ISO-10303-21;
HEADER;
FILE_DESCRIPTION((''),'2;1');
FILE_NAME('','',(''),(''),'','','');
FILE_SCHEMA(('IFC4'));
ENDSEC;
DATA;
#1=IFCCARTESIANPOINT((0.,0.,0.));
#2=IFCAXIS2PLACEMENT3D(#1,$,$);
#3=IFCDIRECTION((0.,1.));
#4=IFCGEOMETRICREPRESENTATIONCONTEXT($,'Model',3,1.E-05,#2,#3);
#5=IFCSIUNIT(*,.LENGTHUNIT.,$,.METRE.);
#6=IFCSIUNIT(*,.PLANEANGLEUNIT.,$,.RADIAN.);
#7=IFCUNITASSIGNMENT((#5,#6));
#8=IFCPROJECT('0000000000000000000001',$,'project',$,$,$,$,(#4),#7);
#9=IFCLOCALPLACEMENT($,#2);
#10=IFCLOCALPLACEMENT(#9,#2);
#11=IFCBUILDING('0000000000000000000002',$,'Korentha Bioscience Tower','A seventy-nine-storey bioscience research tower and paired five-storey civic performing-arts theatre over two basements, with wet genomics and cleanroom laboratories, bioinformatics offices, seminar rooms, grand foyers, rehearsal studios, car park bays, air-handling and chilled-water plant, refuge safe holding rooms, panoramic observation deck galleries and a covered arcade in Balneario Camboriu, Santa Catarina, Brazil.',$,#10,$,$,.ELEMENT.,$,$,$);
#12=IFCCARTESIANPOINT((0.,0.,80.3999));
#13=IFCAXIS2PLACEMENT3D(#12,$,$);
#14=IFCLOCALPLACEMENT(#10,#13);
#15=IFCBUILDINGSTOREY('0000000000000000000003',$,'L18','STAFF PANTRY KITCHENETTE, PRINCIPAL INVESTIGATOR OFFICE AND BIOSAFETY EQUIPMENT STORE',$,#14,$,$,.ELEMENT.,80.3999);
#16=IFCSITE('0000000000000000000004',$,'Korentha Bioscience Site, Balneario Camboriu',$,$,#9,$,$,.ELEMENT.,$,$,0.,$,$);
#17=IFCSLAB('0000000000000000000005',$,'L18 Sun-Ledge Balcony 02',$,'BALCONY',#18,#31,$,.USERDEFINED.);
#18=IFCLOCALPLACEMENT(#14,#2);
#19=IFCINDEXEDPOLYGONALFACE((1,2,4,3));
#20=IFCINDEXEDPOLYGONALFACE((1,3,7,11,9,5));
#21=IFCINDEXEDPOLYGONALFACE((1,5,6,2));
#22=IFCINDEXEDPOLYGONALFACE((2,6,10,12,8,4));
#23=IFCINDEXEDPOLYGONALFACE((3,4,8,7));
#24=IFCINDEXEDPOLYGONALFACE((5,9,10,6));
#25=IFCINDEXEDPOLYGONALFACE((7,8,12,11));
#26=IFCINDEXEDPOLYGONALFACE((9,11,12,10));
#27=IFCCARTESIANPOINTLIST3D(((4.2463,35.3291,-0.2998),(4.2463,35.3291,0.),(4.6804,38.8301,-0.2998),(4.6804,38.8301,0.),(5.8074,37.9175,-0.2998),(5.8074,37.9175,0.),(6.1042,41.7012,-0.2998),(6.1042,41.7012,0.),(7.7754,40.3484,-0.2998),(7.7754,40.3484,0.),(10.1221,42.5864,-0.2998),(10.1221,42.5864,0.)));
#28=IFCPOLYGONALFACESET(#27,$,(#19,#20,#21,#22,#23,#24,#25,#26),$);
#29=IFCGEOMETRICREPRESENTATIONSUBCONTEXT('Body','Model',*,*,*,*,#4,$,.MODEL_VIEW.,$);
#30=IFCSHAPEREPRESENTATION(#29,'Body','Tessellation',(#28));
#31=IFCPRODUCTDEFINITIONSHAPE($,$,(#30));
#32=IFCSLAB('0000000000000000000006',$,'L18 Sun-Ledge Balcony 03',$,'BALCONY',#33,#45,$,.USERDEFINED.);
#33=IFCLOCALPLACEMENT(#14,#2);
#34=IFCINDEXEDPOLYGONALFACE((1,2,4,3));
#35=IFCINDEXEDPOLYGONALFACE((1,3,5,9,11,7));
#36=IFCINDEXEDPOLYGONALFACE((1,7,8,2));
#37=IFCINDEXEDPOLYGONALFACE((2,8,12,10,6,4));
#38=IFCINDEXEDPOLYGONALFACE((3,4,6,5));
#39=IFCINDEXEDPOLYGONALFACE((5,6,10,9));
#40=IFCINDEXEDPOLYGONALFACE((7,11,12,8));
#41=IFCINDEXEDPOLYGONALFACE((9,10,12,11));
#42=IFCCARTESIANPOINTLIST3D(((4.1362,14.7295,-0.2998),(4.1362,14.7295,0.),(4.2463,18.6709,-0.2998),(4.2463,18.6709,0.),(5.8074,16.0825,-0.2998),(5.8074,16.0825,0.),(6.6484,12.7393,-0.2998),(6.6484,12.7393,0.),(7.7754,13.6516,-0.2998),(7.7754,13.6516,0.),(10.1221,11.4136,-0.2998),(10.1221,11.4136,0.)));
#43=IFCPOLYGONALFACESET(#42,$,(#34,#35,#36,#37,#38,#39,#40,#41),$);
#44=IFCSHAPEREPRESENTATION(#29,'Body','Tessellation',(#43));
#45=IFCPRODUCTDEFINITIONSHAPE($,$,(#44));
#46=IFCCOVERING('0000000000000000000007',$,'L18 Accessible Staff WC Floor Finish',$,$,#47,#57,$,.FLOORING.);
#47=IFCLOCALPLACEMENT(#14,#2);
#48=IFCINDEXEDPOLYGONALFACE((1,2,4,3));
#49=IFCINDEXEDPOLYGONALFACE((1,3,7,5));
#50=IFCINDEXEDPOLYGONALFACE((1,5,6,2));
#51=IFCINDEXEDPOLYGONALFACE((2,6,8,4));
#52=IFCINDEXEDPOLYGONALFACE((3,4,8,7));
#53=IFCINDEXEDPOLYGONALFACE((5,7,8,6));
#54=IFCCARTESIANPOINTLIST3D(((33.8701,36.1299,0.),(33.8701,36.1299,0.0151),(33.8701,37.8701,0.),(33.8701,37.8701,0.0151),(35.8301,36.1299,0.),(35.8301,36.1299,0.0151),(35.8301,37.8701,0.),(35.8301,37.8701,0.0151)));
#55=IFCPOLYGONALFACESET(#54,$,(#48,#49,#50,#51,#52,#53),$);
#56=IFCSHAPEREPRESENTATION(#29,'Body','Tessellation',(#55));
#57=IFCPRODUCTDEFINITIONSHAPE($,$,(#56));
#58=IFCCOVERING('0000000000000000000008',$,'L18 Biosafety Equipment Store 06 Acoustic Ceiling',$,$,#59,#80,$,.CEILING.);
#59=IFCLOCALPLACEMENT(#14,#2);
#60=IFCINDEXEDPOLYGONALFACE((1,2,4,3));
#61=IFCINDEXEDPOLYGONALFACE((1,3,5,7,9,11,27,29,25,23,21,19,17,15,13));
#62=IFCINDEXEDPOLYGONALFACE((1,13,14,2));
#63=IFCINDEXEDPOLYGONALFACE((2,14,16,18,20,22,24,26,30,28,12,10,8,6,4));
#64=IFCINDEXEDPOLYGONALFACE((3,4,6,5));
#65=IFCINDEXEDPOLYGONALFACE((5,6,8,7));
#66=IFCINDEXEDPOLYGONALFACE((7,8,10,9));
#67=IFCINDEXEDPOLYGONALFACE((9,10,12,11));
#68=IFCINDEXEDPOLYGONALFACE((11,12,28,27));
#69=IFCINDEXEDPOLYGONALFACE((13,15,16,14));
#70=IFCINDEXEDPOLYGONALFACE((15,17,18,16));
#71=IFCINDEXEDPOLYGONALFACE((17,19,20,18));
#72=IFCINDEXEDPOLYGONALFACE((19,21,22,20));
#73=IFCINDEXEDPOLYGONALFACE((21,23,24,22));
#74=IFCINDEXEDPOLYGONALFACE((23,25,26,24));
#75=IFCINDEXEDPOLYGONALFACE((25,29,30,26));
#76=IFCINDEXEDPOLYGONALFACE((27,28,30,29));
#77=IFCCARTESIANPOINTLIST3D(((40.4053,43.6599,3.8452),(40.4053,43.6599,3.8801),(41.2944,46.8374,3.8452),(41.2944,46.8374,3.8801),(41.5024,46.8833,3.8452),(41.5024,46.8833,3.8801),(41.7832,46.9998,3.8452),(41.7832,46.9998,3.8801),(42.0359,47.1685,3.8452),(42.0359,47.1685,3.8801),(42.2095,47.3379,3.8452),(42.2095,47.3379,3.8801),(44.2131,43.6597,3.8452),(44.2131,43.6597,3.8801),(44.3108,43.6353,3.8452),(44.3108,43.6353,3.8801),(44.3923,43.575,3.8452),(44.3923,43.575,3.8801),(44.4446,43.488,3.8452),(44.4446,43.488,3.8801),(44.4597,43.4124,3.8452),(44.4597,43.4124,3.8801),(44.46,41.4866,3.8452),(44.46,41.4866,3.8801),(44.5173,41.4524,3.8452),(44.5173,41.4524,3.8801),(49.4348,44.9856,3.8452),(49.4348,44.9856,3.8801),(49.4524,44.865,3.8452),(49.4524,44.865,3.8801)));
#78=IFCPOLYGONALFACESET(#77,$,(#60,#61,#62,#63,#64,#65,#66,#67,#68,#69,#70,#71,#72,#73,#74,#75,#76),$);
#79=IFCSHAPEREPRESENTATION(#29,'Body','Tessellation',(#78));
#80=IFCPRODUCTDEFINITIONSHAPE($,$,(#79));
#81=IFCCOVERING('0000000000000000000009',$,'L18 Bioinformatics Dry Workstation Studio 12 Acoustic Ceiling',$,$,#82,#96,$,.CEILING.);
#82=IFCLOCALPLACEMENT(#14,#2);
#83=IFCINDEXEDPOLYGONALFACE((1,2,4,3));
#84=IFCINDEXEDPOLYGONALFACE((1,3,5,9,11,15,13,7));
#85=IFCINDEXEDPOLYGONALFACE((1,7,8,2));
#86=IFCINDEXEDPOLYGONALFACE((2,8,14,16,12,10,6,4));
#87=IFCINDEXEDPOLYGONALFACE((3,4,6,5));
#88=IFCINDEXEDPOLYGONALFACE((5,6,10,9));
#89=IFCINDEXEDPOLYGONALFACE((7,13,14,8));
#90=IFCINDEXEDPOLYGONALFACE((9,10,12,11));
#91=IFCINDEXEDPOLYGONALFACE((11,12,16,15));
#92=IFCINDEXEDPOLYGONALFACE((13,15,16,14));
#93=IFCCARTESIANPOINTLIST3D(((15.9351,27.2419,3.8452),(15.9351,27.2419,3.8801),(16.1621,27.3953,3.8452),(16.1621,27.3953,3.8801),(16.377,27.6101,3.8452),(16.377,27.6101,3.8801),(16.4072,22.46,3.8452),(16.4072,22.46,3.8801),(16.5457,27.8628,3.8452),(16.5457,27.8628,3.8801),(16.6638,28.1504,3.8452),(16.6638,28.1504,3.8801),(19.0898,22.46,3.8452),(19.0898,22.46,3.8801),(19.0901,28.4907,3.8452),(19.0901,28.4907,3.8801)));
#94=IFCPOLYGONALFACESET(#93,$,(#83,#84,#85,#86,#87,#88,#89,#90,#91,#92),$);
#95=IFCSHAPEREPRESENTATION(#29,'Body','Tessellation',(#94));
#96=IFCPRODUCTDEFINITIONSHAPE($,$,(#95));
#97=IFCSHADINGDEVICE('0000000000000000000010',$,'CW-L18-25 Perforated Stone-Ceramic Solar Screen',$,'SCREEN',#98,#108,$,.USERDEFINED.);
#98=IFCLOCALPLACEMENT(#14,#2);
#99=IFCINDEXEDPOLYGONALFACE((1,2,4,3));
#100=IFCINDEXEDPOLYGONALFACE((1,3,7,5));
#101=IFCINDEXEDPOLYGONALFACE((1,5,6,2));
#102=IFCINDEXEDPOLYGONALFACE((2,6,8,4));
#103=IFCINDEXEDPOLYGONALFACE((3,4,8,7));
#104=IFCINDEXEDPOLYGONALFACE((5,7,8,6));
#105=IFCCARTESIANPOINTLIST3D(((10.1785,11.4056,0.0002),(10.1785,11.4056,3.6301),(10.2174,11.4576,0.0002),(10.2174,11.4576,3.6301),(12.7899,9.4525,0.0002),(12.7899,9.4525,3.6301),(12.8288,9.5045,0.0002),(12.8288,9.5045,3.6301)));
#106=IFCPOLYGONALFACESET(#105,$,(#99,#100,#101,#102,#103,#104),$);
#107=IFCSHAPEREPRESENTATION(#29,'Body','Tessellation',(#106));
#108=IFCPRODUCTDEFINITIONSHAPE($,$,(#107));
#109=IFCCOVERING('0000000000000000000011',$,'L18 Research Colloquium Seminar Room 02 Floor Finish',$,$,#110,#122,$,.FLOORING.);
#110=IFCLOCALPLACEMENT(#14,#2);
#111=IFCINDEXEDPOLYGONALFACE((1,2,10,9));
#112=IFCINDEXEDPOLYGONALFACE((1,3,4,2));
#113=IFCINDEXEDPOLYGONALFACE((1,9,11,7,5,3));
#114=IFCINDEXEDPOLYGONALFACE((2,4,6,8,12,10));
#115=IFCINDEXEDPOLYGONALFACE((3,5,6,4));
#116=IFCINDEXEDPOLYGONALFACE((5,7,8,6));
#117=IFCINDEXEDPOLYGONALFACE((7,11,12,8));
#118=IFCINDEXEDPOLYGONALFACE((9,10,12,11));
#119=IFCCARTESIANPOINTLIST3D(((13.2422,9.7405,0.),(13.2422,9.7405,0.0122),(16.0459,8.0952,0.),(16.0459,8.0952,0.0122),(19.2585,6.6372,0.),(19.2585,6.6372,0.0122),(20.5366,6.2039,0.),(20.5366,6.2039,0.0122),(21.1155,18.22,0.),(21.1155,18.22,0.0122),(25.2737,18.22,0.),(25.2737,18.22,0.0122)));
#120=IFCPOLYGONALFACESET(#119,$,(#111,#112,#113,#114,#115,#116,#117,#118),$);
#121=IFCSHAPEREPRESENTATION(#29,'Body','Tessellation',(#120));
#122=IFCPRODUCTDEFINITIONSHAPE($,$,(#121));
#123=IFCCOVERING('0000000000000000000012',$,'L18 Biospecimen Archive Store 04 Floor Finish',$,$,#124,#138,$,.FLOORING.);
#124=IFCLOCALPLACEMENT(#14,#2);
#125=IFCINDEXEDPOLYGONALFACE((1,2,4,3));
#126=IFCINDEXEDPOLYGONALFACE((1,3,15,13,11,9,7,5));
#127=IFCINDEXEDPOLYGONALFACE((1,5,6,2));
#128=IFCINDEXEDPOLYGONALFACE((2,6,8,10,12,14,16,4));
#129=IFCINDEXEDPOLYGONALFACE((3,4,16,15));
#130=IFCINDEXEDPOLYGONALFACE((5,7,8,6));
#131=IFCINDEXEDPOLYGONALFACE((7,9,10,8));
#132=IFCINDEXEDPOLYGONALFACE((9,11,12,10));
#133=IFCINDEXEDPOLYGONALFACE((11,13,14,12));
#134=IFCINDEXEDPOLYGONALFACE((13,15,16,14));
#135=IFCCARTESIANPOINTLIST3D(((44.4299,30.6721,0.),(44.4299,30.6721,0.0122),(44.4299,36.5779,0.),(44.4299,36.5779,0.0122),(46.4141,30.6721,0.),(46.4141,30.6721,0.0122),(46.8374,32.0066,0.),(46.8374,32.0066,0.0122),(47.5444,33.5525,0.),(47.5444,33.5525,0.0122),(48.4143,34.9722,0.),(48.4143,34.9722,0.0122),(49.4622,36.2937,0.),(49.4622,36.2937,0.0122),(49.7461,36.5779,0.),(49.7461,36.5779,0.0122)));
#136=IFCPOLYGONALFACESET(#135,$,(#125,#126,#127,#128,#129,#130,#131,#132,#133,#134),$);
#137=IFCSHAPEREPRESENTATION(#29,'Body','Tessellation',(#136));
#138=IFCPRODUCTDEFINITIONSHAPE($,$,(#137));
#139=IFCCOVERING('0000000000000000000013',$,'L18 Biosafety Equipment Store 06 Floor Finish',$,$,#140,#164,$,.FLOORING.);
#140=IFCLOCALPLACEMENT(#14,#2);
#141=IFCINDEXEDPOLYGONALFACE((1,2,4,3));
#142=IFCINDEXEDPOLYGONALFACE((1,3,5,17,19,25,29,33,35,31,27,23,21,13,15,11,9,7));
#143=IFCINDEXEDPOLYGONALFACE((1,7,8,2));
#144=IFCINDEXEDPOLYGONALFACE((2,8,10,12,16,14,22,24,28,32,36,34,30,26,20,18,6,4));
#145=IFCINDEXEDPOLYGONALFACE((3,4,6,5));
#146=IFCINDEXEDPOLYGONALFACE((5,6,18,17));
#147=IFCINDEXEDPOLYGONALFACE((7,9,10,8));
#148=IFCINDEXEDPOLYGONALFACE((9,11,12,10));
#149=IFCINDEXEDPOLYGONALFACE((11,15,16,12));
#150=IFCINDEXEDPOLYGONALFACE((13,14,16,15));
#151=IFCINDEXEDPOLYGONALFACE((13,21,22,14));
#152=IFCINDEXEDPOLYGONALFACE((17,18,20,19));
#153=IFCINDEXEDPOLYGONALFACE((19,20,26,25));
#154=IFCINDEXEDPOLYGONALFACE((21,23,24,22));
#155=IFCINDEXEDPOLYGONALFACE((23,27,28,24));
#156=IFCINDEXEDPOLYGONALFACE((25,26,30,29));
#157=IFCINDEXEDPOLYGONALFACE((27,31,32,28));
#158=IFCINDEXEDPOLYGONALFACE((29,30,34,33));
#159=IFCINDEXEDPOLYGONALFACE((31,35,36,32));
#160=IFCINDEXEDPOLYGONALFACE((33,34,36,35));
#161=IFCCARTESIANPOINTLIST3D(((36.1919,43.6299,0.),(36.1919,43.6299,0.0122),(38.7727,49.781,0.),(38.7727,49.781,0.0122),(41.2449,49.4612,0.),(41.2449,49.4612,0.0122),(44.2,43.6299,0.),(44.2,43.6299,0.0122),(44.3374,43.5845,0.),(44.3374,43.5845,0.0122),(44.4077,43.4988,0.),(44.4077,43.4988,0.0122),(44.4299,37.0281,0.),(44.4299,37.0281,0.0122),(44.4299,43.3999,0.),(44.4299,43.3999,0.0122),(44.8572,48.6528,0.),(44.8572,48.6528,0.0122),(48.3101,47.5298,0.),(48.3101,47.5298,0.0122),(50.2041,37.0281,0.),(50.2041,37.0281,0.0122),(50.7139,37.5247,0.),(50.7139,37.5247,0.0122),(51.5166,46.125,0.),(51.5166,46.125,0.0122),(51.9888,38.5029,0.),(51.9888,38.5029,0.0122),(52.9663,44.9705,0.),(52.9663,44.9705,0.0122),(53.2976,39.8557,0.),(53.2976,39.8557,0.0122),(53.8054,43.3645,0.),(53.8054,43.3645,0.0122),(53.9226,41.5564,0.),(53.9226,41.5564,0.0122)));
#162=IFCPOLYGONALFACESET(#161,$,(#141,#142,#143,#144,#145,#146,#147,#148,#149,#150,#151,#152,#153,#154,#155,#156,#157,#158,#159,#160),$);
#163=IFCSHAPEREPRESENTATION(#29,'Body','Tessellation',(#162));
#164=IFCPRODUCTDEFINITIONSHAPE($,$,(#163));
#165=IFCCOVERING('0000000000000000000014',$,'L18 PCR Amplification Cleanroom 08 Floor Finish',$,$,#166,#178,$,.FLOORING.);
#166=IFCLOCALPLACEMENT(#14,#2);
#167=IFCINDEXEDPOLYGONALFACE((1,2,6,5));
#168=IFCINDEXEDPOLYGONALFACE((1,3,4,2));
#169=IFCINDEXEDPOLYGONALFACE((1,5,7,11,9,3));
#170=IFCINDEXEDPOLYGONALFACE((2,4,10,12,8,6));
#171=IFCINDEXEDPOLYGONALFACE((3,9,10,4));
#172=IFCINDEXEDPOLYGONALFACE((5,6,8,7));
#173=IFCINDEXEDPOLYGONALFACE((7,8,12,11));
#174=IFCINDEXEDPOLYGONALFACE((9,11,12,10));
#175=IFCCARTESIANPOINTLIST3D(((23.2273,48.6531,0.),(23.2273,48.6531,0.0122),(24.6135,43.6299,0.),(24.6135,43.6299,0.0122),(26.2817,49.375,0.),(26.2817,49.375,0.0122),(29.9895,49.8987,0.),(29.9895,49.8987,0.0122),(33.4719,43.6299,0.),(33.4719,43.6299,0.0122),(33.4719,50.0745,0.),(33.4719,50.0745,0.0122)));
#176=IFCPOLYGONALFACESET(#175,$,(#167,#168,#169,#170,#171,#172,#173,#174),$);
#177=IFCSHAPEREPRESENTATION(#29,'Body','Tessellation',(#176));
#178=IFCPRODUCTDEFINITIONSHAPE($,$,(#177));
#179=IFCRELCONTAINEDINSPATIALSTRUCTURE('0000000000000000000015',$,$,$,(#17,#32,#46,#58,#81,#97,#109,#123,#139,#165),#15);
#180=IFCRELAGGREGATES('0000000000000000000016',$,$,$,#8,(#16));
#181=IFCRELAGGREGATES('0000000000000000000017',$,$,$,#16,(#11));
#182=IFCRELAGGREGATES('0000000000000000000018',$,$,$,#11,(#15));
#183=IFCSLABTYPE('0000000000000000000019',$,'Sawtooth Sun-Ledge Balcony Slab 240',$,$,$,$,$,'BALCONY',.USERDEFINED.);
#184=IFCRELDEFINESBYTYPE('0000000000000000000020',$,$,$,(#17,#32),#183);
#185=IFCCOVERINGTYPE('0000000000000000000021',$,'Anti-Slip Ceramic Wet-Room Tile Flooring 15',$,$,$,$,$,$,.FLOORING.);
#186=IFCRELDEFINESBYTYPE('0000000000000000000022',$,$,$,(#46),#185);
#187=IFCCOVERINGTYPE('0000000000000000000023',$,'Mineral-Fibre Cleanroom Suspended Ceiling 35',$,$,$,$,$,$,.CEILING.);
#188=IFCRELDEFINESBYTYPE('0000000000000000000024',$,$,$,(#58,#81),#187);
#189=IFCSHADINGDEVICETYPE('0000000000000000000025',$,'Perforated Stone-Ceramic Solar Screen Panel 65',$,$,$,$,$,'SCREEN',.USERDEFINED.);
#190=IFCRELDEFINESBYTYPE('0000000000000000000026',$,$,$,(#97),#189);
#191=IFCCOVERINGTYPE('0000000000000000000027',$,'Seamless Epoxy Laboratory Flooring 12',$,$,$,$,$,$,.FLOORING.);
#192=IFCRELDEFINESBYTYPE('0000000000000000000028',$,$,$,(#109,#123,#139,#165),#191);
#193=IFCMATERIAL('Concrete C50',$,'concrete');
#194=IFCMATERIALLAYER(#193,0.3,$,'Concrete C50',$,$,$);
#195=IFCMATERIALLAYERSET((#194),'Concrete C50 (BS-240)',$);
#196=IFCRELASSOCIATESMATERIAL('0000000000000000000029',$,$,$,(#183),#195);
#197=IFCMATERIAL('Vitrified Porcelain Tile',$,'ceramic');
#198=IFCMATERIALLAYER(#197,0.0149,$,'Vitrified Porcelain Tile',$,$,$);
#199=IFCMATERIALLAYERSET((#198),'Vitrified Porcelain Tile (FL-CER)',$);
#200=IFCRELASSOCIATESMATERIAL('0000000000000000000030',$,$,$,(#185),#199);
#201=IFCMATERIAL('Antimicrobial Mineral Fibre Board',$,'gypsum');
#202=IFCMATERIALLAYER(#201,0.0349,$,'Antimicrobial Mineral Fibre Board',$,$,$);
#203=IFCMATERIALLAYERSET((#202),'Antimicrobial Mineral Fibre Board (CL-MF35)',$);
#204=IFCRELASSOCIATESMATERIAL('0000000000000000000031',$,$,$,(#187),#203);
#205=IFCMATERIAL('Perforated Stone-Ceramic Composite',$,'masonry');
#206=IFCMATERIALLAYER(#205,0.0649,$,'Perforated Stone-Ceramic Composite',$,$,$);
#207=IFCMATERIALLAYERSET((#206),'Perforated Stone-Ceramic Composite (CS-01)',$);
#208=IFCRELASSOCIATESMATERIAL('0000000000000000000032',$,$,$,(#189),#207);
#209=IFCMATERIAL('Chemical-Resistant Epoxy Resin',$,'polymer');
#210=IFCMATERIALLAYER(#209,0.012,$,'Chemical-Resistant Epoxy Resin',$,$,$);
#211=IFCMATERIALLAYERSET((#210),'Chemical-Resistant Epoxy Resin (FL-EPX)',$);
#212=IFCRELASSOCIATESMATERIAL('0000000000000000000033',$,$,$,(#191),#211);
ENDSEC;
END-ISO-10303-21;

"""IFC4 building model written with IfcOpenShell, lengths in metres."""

from ifc_helpers import new_model, si_unit, direction, frame, origin, origin_2d, place, context, subcontext, project, spatial, polyline, rectangle, outline, extrude, material, layer, layer_set, type_object, element, save


model = new_model("IFC4")

# Units and contexts
model_context = context("Model", 3, precision=1e-05, world=origin(), true_north=direction((0.0, 1.0)))
body_context = subcontext(model_context, "Body", "Model", "MODEL_VIEW")
ifc_project = project(units=[si_unit("LENGTHUNIT", "METRE"), si_unit("PLANEANGLEUNIT", "RADIAN")], contexts=[model_context])

# Site, building, storey
site_placement = place(None, origin())
site = spatial("IfcSite", under=ifc_project, at=site_placement, Name="Korentha Bioscience Site, Balneario Camboriu", CompositionType="ELEMENT", RefElevation=0.0)
building_placement = place(site_placement, origin())
building = spatial("IfcBuilding", under=site, at=building_placement, Name="Korentha Bioscience Tower", Description="A seventy-nine-storey bioscience research tower and paired five-storey civic performing-arts theatre over two basements, with wet genomics and cleanroom laboratories, bioinformatics offices, seminar rooms, grand foyers, rehearsal studios, car park bays, air-handling and chilled-water plant, refuge safe holding rooms, panoramic observation deck galleries and a covered arcade in Balneario Camboriu, Santa Catarina, Brazil.", CompositionType="ELEMENT")
storey_placement = place(building_placement, frame((0.0, 0.0, 80.3999)))
storey = spatial("IfcBuildingStorey", under=building, at=storey_placement, Name="L18", Description="STAFF PANTRY KITCHENETTE, PRINCIPAL INVESTIGATOR OFFICE AND BIOSAFETY EQUIPMENT STORE", CompositionType="ELEMENT", Elevation=80.3999)

# Shared definitions
ifc_material_1 = material(Name="Concrete C50", Category="concrete")

# Slabs
ifc_layer_1 = layer(ifc_material_1, 0.3, Name="Concrete C50")
ifc_layer_set_1 = layer_set([ifc_layer_1], Name="Concrete C50 (BS-240)")
slab_type_1 = type_object("IfcSlabType", Name="Sawtooth Sun-Ledge Balcony Slab 240", ElementType="BALCONY", PredefinedType="USERDEFINED", material=ifc_layer_set_1)
slab_1_placement = place(storey_placement, frame((0.0, 0.0, -0.2998)))
element("IfcSlab", 1, at=slab_1_placement, inside=storey, type_object=slab_type_1, Name="L18 Sun-Ledge Balcony 02", ObjectType="BALCONY", PredefinedType="USERDEFINED", context=body_context, shape_type="SweptSolid", body=[
    extrude(outline(polyline([(4.2463, 35.3291), (5.8074, 37.9175), (7.7754, 40.3484), (10.1221, 42.5864), (6.1042, 41.7012), (4.6804, 38.8301), (4.2463, 35.3291)])), origin(), (0.0, 0.0, 1.0), 0.2998),
])
slab_2_placement = place(storey_placement, frame((0.0, 0.0, -0.2998)))
element("IfcSlab", 2, at=slab_2_placement, inside=storey, type_object=slab_type_1, Name="L18 Sun-Ledge Balcony 03", ObjectType="BALCONY", PredefinedType="USERDEFINED", context=body_context, shape_type="SweptSolid", body=[
    extrude(outline(polyline([(10.1221, 11.4136), (7.7754, 13.6516), (5.8074, 16.0825), (4.2463, 18.6709), (4.1362, 14.7295), (6.6484, 12.7393), (10.1221, 11.4136)])), origin(), (0.0, 0.0, 1.0), 0.2998),
])

# Coverings
ifc_material_2 = material(Name="Vitrified Porcelain Tile", Category="ceramic")
ifc_layer_2 = layer(ifc_material_2, 0.0149, Name="Vitrified Porcelain Tile")
ifc_layer_set_2 = layer_set([ifc_layer_2], Name="Vitrified Porcelain Tile (FL-CER)")
covering_type_1 = type_object("IfcCoveringType", Name="Anti-Slip Ceramic Wet-Room Tile Flooring 15", PredefinedType="FLOORING", material=ifc_layer_set_2)
covering_1_placement = place(storey_placement, origin())
element("IfcCovering", 3, at=covering_1_placement, inside=storey, type_object=covering_type_1, Name="L18 Accessible Staff WC Floor Finish", PredefinedType="FLOORING", context=body_context, shape_type="SweptSolid", body=[
    extrude(outline(polyline([(33.8701, 36.1299), (33.8701, 37.8701), (35.8301, 37.8701), (35.8301, 36.1299), (33.8701, 36.1299)])), origin(), (0.0, 0.0, 1.0), 0.0151),
])
ifc_material_3 = material(Name="Antimicrobial Mineral Fibre Board", Category="gypsum")
ifc_layer_3 = layer(ifc_material_3, 0.0349, Name="Antimicrobial Mineral Fibre Board")
ifc_layer_set_3 = layer_set([ifc_layer_3], Name="Antimicrobial Mineral Fibre Board (CL-MF35)")
covering_type_2 = type_object("IfcCoveringType", Name="Mineral-Fibre Cleanroom Suspended Ceiling 35", PredefinedType="CEILING", material=ifc_layer_set_3)
covering_2_placement = place(storey_placement, frame((0.0, 0.0, 3.8452)))
element("IfcCovering", 4, at=covering_2_placement, inside=storey, type_object=covering_type_2, Name="L18 Biosafety Equipment Store 06 Acoustic Ceiling", PredefinedType="CEILING", context=body_context, shape_type="SweptSolid", body=[
    extrude(outline(polyline([(44.4597, 43.4124), (44.4446, 43.488), (44.3923, 43.575), (44.3108, 43.6353), (44.2131, 43.6597), (40.4053, 43.6599), (41.2944, 46.8374), (41.5024, 46.8833), (41.7832, 46.9998), (42.0359, 47.1685), (42.2095, 47.3379), (49.4348, 44.9856), (49.4524, 44.865), (44.5173, 41.4524), (44.46, 41.4866), (44.4597, 43.4124)])), origin(), (0.0, 0.0, 1.0), 0.0349),
])
covering_3_placement = place(storey_placement, frame((0.0, 0.0, 3.8452)))
element("IfcCovering", 5, at=covering_3_placement, inside=storey, type_object=covering_type_2, Name="L18 Bioinformatics Dry Workstation Studio 12 Acoustic Ceiling", PredefinedType="CEILING", context=body_context, shape_type="SweptSolid", body=[
    extrude(outline(polyline([(19.0901, 28.4907), (19.0898, 22.46), (16.4072, 22.46), (15.9351, 27.2419), (16.1621, 27.3953), (16.377, 27.6101), (16.5457, 27.8628), (16.6638, 28.1504), (19.0901, 28.4907)])), origin(), (0.0, 0.0, 1.0), 0.0349),
])

# Shading device
ifc_material_4 = material(Name="Perforated Stone-Ceramic Composite", Category="masonry")
ifc_layer_4 = layer(ifc_material_4, 0.0649, Name="Perforated Stone-Ceramic Composite")
ifc_layer_set_4 = layer_set([ifc_layer_4], Name="Perforated Stone-Ceramic Composite (CS-01)")
shading_device_type_1 = type_object("IfcShadingDeviceType", Name="Perforated Stone-Ceramic Solar Screen Panel 65", ElementType="SCREEN", PredefinedType="USERDEFINED", material=ifc_layer_set_4)
shading_device_1_placement = place(storey_placement, frame((11.5037, 10.4551, 0.0002), z_axis=(0.0, 0.0, 1.0), x_axis=(0.800798, -0.598935, 0.0)))
element("IfcShadingDevice", 6, at=shading_device_1_placement, inside=storey, type_object=shading_device_type_1, Name="CW-L18-25 Perforated Stone-Ceramic Solar Screen", ObjectType="SCREEN", PredefinedType="USERDEFINED", context=body_context, shape_type="SweptSolid", body=[
    extrude(rectangle(XDim=3.261, YDim=0.0649, at=origin_2d()), origin(), (0.0, 0.0, 1.0), 3.6299),
])

# Coverings
ifc_material_5 = material(Name="Chemical-Resistant Epoxy Resin", Category="polymer")
ifc_layer_5 = layer(ifc_material_5, 0.012, Name="Chemical-Resistant Epoxy Resin")
ifc_layer_set_5 = layer_set([ifc_layer_5], Name="Chemical-Resistant Epoxy Resin (FL-EPX)")
covering_type_3 = type_object("IfcCoveringType", Name="Seamless Epoxy Laboratory Flooring 12", PredefinedType="FLOORING", material=ifc_layer_set_5)
covering_4_placement = place(storey_placement, origin())
element("IfcCovering", 7, at=covering_4_placement, inside=storey, type_object=covering_type_3, Name="L18 Research Colloquium Seminar Room 02 Floor Finish", PredefinedType="FLOORING", context=body_context, shape_type="SweptSolid", body=[
    extrude(outline(polyline([(13.2422, 9.7405), (21.1155, 18.22), (25.2737, 18.22), (20.5366, 6.2039), (19.2585, 6.6372), (16.0459, 8.0952), (13.2422, 9.7405)])), origin(), (0.0, 0.0, 1.0), 0.0122),
])
covering_5_placement = place(storey_placement, origin())
element("IfcCovering", 8, at=covering_5_placement, inside=storey, type_object=covering_type_3, Name="L18 Biospecimen Archive Store 04 Floor Finish", PredefinedType="FLOORING", context=body_context, shape_type="SweptSolid", body=[
    extrude(outline(polyline([(49.4622, 36.2937), (48.4143, 34.9722), (47.5444, 33.5525), (46.8374, 32.0066), (46.4141, 30.6721), (44.4299, 30.6721), (44.4299, 36.5779), (49.7461, 36.5779), (49.4622, 36.2937)])), origin(), (0.0, 0.0, 1.0), 0.0122),
])
covering_6_placement = place(storey_placement, origin())
element("IfcCovering", 9, at=covering_6_placement, inside=storey, type_object=covering_type_3, Name="L18 Biosafety Equipment Store 06 Floor Finish", PredefinedType="FLOORING", context=body_context, shape_type="SweptSolid", body=[
    extrude(outline(polyline([(41.2449, 49.4612), (44.8572, 48.6528), (48.3101, 47.5298), (51.5166, 46.125), (52.9663, 44.9705), (53.8054, 43.3645), (53.9226, 41.5564), (53.2976, 39.8557), (51.9888, 38.5029), (50.7139, 37.5247), (50.2041, 37.0281), (44.4299, 37.0281), (44.4299, 43.3999), (44.4077, 43.4988), (44.3374, 43.5845), (44.2, 43.6299), (36.1919, 43.6299), (38.7727, 49.781), (41.2449, 49.4612)])), origin(), (0.0, 0.0, 1.0), 0.0122),
])
covering_7_placement = place(storey_placement, origin())
element("IfcCovering", 10, at=covering_7_placement, inside=storey, type_object=covering_type_3, Name="L18 PCR Amplification Cleanroom 08 Floor Finish", PredefinedType="FLOORING", context=body_context, shape_type="SweptSolid", body=[
    extrude(outline(polyline([(33.4719, 50.0745), (33.4719, 43.6299), (24.6135, 43.6299), (23.2273, 48.6531), (26.2817, 49.375), (29.9895, 49.8987), (33.4719, 50.0745)])), origin(), (0.0, 0.0, 1.0), 0.0122),
])

save(model, "model.ifc")
